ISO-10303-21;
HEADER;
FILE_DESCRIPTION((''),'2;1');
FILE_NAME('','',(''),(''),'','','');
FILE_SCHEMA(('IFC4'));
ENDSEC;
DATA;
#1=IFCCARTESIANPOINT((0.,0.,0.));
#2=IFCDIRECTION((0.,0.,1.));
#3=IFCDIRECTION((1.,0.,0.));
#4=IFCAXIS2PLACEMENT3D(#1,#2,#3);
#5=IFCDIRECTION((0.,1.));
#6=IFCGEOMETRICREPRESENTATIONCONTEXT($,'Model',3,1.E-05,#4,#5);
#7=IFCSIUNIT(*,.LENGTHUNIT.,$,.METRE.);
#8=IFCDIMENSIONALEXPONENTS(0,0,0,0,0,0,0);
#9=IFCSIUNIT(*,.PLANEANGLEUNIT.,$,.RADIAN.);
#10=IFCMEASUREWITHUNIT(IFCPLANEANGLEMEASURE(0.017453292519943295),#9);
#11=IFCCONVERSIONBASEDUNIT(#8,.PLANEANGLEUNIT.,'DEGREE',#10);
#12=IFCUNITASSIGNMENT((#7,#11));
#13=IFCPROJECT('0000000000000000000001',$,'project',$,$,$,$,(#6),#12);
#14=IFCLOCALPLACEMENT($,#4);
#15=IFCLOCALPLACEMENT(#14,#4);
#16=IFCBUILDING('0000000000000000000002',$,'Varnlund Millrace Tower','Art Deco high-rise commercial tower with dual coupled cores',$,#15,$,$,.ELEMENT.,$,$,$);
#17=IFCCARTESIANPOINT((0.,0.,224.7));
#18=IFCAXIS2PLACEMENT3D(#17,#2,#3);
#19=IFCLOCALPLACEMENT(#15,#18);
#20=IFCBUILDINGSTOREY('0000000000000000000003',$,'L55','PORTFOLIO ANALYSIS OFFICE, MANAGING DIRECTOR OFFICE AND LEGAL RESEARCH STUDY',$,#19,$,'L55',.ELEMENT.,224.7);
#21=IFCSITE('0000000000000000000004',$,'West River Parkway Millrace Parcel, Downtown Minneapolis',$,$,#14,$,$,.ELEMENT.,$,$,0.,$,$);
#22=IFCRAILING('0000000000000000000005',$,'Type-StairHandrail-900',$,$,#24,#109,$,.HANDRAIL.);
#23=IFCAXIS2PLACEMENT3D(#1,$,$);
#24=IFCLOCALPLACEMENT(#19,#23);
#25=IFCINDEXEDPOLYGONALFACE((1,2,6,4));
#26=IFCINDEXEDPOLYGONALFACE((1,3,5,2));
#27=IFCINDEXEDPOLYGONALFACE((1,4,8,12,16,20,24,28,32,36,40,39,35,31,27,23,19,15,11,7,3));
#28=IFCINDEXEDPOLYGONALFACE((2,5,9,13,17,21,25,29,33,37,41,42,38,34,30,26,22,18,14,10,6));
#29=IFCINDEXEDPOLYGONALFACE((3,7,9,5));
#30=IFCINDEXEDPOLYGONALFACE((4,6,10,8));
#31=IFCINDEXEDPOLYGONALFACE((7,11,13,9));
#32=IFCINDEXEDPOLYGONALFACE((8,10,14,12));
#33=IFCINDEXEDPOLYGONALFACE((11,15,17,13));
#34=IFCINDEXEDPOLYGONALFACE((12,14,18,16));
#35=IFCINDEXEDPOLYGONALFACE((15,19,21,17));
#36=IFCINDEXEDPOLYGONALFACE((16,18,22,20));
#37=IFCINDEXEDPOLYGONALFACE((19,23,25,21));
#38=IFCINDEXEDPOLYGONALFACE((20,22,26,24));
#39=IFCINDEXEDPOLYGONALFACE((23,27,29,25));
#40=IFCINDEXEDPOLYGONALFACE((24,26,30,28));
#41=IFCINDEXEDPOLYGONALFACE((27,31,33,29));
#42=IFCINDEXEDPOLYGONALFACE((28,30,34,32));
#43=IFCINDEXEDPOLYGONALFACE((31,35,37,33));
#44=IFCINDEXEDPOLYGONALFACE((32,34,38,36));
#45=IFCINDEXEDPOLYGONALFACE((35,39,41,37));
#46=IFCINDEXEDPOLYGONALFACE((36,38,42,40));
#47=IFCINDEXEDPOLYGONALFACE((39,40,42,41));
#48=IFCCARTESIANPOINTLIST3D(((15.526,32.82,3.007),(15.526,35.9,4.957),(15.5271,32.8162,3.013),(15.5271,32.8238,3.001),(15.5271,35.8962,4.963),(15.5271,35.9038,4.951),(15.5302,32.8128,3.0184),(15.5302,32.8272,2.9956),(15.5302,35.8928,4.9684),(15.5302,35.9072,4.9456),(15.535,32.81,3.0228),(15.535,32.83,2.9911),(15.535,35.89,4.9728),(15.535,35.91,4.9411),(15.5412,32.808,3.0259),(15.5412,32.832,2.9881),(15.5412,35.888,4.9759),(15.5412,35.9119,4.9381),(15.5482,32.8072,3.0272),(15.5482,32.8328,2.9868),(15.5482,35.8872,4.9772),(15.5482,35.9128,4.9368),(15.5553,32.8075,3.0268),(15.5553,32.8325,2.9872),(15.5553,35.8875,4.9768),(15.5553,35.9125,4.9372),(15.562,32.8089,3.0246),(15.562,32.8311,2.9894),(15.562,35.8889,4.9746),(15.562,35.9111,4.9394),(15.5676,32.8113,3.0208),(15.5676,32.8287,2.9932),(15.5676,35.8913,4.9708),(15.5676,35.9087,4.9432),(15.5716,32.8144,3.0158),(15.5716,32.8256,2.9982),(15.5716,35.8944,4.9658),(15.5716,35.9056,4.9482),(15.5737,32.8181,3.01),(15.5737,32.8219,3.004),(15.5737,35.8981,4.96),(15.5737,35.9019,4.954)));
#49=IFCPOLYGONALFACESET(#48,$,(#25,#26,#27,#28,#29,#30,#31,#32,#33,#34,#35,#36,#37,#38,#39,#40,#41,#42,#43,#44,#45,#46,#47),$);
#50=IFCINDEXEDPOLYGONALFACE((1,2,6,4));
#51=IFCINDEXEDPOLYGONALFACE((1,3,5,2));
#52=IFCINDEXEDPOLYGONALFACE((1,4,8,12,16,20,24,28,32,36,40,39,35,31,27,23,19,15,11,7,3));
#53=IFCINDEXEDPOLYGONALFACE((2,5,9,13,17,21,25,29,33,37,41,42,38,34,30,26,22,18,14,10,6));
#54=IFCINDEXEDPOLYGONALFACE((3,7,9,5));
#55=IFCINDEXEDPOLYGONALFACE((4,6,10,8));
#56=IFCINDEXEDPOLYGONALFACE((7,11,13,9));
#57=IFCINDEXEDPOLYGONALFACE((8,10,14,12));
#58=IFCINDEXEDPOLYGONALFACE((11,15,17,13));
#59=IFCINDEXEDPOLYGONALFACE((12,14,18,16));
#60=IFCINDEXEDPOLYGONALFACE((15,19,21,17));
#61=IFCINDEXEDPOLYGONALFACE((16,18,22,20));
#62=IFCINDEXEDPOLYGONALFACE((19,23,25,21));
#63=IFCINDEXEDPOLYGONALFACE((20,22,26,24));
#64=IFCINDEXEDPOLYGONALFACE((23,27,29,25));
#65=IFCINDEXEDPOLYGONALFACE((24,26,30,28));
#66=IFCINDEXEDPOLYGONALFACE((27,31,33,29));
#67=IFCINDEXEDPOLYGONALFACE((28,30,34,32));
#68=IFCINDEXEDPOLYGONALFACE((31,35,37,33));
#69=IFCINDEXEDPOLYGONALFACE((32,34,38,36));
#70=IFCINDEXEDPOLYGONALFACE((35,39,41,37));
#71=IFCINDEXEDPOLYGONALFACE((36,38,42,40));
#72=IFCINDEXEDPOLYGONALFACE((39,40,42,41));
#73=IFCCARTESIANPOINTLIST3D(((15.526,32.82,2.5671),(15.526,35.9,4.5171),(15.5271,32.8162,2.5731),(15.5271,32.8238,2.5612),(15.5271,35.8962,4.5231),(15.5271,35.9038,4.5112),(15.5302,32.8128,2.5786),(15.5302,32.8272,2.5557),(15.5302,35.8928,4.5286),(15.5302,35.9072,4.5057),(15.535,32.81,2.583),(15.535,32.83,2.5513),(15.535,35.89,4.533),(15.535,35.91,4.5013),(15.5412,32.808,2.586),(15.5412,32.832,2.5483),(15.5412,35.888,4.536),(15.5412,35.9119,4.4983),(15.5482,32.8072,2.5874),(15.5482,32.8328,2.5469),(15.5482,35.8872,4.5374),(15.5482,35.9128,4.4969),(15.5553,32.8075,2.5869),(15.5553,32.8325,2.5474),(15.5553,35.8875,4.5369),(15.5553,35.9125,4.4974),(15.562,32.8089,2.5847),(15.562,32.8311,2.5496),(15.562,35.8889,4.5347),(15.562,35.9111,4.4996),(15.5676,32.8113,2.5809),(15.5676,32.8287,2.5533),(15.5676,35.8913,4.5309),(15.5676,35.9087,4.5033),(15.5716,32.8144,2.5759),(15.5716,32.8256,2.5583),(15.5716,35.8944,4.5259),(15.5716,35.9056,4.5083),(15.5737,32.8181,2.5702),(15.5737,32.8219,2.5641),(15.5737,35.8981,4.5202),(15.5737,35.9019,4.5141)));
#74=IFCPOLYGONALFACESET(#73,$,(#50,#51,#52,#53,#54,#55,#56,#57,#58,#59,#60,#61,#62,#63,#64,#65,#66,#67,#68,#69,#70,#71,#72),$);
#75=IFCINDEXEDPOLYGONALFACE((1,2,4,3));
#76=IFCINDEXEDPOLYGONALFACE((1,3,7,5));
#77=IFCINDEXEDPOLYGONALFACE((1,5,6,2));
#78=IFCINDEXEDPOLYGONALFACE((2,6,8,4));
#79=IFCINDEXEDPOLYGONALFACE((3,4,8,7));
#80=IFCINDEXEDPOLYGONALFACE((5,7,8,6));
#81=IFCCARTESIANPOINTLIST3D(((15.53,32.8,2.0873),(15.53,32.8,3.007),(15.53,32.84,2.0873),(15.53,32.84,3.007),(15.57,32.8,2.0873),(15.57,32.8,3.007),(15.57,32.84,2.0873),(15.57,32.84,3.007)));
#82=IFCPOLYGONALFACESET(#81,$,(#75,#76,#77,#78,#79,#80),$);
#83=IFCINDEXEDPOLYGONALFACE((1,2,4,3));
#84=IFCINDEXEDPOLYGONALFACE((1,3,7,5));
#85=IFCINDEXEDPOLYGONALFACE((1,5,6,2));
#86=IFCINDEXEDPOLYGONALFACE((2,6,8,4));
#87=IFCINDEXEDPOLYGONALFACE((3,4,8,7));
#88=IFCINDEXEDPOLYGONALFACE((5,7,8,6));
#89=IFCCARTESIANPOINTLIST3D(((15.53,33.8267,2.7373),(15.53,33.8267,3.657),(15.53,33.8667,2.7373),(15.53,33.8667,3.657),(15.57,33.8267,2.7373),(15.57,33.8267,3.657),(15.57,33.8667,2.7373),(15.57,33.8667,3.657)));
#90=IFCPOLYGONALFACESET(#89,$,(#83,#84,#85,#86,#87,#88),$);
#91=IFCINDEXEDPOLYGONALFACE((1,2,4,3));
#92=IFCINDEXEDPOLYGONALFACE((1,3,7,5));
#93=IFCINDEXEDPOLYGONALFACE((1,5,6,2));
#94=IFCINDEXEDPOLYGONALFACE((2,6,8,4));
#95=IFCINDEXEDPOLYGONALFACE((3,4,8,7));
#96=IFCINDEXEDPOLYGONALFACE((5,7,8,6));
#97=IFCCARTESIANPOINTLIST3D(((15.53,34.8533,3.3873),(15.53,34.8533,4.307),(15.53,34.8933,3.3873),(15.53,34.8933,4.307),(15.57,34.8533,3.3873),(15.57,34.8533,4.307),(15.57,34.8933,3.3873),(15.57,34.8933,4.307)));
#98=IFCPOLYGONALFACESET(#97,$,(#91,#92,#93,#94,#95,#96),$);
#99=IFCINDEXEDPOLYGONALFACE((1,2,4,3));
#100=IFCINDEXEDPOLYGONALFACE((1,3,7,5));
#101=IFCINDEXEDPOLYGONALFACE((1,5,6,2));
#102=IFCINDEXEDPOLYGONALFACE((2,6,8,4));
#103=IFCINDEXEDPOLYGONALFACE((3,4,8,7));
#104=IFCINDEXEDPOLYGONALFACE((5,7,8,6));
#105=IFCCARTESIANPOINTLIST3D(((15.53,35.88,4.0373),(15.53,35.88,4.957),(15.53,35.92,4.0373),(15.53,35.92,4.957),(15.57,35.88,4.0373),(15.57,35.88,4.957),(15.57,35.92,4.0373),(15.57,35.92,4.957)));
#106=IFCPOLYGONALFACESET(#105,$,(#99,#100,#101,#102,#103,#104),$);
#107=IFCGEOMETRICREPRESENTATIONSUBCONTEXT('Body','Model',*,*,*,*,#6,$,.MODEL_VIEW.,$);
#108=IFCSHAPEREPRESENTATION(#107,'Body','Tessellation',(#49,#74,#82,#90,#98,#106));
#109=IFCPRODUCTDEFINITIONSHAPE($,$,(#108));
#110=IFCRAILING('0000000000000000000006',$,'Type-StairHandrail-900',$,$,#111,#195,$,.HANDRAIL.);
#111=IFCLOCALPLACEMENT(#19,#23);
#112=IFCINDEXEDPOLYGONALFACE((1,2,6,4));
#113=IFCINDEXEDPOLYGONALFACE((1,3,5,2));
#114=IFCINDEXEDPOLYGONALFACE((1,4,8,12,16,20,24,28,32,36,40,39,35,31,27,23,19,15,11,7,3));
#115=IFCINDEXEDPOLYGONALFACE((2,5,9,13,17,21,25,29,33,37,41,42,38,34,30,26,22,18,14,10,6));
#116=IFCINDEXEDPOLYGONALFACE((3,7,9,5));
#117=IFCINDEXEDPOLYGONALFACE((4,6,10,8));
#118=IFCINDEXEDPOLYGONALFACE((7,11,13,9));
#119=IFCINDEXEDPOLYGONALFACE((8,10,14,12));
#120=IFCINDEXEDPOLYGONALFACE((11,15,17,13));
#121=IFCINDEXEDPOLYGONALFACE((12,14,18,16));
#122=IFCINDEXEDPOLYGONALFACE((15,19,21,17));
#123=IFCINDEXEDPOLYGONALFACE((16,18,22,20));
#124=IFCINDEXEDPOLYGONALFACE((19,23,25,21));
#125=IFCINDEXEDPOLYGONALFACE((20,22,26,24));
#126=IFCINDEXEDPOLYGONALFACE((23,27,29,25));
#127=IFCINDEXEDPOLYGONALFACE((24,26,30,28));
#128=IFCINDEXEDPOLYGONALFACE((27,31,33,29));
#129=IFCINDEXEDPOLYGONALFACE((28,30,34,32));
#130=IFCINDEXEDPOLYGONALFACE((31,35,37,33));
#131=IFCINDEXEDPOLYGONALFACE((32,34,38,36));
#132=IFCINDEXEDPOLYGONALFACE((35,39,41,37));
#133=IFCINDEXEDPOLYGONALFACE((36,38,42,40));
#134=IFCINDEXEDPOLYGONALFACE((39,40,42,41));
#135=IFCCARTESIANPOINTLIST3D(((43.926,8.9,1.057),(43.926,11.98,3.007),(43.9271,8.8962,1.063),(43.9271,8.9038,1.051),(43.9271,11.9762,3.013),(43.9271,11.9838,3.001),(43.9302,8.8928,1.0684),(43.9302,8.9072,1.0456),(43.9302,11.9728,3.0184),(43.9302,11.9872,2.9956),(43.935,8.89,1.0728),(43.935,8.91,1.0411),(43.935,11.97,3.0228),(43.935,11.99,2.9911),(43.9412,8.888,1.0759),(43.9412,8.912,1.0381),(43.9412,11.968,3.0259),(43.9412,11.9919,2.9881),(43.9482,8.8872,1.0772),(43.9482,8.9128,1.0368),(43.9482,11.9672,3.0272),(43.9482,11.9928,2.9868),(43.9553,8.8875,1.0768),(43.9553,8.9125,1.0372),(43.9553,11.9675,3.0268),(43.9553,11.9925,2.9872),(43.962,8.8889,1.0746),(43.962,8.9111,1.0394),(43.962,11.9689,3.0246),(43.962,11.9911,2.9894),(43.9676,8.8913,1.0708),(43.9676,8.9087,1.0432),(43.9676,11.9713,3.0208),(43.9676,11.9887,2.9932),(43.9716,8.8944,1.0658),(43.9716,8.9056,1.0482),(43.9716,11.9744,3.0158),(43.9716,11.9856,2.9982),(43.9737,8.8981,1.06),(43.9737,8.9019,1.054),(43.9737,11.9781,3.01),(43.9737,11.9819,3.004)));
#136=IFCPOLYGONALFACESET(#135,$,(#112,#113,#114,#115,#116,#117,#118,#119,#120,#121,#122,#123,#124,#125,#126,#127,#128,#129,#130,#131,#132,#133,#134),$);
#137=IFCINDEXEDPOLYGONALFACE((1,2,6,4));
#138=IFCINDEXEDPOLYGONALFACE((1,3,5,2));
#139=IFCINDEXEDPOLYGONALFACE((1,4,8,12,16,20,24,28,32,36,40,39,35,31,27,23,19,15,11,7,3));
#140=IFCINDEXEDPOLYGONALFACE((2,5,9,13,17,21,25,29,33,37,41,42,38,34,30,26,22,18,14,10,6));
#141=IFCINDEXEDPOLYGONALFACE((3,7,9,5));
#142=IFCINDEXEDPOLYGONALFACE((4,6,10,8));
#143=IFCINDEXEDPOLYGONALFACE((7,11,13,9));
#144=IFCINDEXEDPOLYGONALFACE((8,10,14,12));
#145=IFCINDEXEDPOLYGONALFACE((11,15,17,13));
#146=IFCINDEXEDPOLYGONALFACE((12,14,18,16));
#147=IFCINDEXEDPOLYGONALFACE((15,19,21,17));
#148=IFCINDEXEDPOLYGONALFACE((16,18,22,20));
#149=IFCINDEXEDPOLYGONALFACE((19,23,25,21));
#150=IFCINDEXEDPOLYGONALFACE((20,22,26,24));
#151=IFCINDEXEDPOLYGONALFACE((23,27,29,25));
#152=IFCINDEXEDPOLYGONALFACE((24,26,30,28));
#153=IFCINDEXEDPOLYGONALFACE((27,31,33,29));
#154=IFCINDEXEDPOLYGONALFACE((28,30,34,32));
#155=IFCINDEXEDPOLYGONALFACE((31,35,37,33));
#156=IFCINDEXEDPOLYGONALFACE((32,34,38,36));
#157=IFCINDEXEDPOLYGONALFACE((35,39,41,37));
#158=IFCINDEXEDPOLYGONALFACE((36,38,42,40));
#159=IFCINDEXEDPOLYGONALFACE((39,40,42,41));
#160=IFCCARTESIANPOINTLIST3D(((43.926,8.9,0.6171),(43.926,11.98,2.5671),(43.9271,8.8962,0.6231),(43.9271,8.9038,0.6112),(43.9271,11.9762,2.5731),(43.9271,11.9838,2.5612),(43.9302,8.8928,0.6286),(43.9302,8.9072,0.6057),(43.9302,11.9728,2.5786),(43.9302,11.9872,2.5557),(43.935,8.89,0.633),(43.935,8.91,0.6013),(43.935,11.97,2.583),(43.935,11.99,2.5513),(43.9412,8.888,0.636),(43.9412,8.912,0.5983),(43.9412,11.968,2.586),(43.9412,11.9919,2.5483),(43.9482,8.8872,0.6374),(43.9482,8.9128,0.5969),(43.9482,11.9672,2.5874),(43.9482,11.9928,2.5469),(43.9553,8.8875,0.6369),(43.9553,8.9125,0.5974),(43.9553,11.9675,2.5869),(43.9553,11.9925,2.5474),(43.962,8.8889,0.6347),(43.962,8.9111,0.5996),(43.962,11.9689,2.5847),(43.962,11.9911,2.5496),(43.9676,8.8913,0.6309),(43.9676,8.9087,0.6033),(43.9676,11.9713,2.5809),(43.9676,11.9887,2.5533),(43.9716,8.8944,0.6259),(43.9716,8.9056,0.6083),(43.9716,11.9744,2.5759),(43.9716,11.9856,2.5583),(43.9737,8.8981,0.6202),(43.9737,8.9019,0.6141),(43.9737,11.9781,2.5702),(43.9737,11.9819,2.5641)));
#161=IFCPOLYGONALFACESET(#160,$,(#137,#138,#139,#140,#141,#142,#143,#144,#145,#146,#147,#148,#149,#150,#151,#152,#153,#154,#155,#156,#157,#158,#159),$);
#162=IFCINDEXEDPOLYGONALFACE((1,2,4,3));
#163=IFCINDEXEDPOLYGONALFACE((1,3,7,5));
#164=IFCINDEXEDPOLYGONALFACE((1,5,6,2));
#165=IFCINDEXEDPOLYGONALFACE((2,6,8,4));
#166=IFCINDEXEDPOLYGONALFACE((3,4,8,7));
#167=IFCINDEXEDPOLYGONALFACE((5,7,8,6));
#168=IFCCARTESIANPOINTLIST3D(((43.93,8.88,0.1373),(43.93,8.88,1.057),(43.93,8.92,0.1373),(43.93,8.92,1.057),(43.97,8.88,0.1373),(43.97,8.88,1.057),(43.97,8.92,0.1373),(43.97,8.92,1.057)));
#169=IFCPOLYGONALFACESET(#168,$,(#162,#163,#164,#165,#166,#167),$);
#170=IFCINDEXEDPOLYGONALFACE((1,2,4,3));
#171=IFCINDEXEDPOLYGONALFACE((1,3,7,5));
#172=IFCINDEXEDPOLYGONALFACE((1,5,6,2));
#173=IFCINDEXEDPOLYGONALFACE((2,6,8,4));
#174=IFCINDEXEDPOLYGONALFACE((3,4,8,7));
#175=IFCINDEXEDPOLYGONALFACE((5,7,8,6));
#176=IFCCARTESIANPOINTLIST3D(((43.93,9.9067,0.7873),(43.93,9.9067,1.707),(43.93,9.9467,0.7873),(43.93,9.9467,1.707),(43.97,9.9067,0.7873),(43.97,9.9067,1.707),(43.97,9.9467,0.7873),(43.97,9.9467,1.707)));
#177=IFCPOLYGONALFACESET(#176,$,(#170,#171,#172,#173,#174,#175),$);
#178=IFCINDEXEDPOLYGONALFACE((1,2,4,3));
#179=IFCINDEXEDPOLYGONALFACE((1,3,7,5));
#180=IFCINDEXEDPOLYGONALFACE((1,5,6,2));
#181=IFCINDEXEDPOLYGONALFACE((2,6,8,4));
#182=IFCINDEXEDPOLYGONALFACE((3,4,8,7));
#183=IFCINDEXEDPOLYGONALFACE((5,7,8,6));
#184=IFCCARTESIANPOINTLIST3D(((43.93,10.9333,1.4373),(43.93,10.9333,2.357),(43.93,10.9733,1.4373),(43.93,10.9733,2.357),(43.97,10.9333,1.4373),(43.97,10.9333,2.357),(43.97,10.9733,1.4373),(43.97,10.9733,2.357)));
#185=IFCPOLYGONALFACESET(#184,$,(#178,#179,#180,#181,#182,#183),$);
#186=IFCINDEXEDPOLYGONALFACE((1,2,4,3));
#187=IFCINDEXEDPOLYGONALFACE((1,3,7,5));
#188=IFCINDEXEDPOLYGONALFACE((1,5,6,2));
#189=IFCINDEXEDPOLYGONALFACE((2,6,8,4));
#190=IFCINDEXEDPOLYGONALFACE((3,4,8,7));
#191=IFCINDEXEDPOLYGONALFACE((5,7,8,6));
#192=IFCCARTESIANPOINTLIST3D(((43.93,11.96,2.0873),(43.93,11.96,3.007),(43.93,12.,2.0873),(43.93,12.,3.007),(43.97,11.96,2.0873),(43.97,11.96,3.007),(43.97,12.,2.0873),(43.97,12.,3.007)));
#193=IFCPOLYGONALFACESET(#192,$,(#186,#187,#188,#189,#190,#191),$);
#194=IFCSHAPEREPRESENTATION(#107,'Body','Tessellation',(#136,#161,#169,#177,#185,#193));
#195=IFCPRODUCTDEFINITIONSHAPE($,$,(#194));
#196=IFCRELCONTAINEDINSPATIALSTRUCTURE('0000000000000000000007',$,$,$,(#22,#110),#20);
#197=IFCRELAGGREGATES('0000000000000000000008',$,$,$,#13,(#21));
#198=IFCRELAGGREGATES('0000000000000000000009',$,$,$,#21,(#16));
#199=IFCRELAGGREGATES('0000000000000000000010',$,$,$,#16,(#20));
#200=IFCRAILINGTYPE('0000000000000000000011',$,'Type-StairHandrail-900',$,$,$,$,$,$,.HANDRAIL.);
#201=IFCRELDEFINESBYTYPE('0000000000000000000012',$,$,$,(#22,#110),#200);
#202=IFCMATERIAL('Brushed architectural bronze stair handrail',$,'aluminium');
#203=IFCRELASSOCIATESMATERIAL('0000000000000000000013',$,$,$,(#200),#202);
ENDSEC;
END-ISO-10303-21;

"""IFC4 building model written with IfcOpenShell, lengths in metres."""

from ifc_helpers import new_model, entity, si_unit, converted_unit, direction, frame, origin_with_axes, origin_2d_with_axis, place, context, subcontext, project, spatial, rectangle, circle, extrude, material, type_object, element, save


model = new_model("IFC4")

# Units and contexts
model_context = context("Model", 3, precision=1e-05, world=origin_with_axes(), true_north=direction((0.0, 1.0)))
body_context = subcontext(model_context, "Body", "Model", "MODEL_VIEW")
ifc_project = project(units=[si_unit("LENGTHUNIT", "METRE"), converted_unit("PLANEANGLEUNIT", "DEGREE", entity("IfcPlaneAngleMeasure", 0.017453292519943295), si_unit("PLANEANGLEUNIT", "RADIAN"), dimensions=[0, 0, 0, 0, 0, 0, 0])], contexts=[model_context])

# Site, building, storey
site_placement = place(None, origin_with_axes())
site = spatial("IfcSite", under=ifc_project, at=site_placement, Name="West River Parkway Millrace Parcel, Downtown Minneapolis", CompositionType="ELEMENT", RefElevation=0.0)
building_placement = place(site_placement, origin_with_axes())
building = spatial("IfcBuilding", under=site, at=building_placement, Name="Varnlund Millrace Tower", Description="Art Deco high-rise commercial tower with dual coupled cores", CompositionType="ELEMENT")
storey_placement = place(building_placement, frame((0.0, 0.0, 224.7), z_axis=(0.0, 0.0, 1.0), x_axis=(1.0, 0.0, 0.0)))
storey = spatial("IfcBuildingStorey", under=building, at=storey_placement, Name="L55", Description="PORTFOLIO ANALYSIS OFFICE, MANAGING DIRECTOR OFFICE AND LEGAL RESEARCH STUDY", LongName="L55", CompositionType="ELEMENT", Elevation=224.7)

# Railings
ifc_material_1 = material(Name="Brushed architectural bronze stair handrail", Category="aluminium")
railing_type_1 = type_object("IfcRailingType", Name="Type-StairHandrail-900", PredefinedType="HANDRAIL", material=ifc_material_1)
railing_1_placement = place(storey_placement, frame((0.0, 0.0, -224.7), z_axis=(0.0, 0.0, 1.0), x_axis=(1.0, 0.0, 0.0)))
element("IfcRailing", 1, at=railing_1_placement, inside=storey, type_object=railing_type_1, Name="Type-StairHandrail-900", PredefinedType="HANDRAIL", context=body_context, shape_type="SweptSolid", body=[
    extrude(circle(Radius=0.024, at=origin_2d_with_axis()), frame((15.55, 32.82, 227.707), z_axis=(0.0, 0.844902, 0.534922), x_axis=(-1.0, 0.0, 0.0)), (0.0, 0.0, 1.0), 3.6454),
    extrude(circle(Radius=0.024, at=origin_2d_with_axis()), frame((15.55, 32.82, 227.2671), z_axis=(0.0, 0.844902, 0.534922), x_axis=(-1.0, 0.0, 0.0)), (0.0, 0.0, 1.0), 3.6454),
    extrude(rectangle(XDim=0.04, YDim=0.04, at=origin_2d_with_axis()), frame((15.55, 32.82, 226.7873), z_axis=(0.0, 0.0, 1.0), x_axis=(1.0, 0.0, 0.0)), (0.0, 0.0, 1.0), 0.9197),
    extrude(rectangle(XDim=0.04, YDim=0.04, at=origin_2d_with_axis()), frame((15.55, 33.8467, 227.4373), z_axis=(0.0, 0.0, 1.0), x_axis=(1.0, 0.0, 0.0)), (0.0, 0.0, 1.0), 0.9197),
    extrude(rectangle(XDim=0.04, YDim=0.04, at=origin_2d_with_axis()), frame((15.55, 34.8733, 228.0873), z_axis=(0.0, 0.0, 1.0), x_axis=(1.0, 0.0, 0.0)), (0.0, 0.0, 1.0), 0.9197),
    extrude(rectangle(XDim=0.04, YDim=0.04, at=origin_2d_with_axis()), frame((15.55, 35.9, 228.7373), z_axis=(0.0, 0.0, 1.0), x_axis=(1.0, 0.0, 0.0)), (0.0, 0.0, 1.0), 0.9197),
])
railing_2_placement = place(storey_placement, frame((0.0, 0.0, -224.7), z_axis=(0.0, 0.0, 1.0), x_axis=(1.0, 0.0, 0.0)))
element("IfcRailing", 2, at=railing_2_placement, inside=storey, type_object=railing_type_1, Name="Type-StairHandrail-900", PredefinedType="HANDRAIL", context=body_context, shape_type="SweptSolid", body=[
    extrude(circle(Radius=0.024, at=origin_2d_with_axis()), frame((43.95, 8.9, 225.757), z_axis=(0.0, 0.844902, 0.534922), x_axis=(-1.0, 0.0, 0.0)), (0.0, 0.0, 1.0), 3.6454),
    extrude(circle(Radius=0.024, at=origin_2d_with_axis()), frame((43.95, 8.9, 225.3171), z_axis=(0.0, 0.844902, 0.534922), x_axis=(-1.0, 0.0, 0.0)), (0.0, 0.0, 1.0), 3.6454),
    extrude(rectangle(XDim=0.04, YDim=0.04, at=origin_2d_with_axis()), frame((43.95, 8.9, 224.8373), z_axis=(0.0, 0.0, 1.0), x_axis=(1.0, 0.0, 0.0)), (0.0, 0.0, 1.0), 0.9197),
    extrude(rectangle(XDim=0.04, YDim=0.04, at=origin_2d_with_axis()), frame((43.95, 9.9267, 225.4873), z_axis=(0.0, 0.0, 1.0), x_axis=(1.0, 0.0, 0.0)), (0.0, 0.0, 1.0), 0.9197),
    extrude(rectangle(XDim=0.04, YDim=0.04, at=origin_2d_with_axis()), frame((43.95, 10.9533, 226.1373), z_axis=(0.0, 0.0, 1.0), x_axis=(1.0, 0.0, 0.0)), (0.0, 0.0, 1.0), 0.9197),
    extrude(rectangle(XDim=0.04, YDim=0.04, at=origin_2d_with_axis()), frame((43.95, 11.98, 226.7873), z_axis=(0.0, 0.0, 1.0), x_axis=(1.0, 0.0, 0.0)), (0.0, 0.0, 1.0), 0.9197),
])

save(model, "model.ifc")
